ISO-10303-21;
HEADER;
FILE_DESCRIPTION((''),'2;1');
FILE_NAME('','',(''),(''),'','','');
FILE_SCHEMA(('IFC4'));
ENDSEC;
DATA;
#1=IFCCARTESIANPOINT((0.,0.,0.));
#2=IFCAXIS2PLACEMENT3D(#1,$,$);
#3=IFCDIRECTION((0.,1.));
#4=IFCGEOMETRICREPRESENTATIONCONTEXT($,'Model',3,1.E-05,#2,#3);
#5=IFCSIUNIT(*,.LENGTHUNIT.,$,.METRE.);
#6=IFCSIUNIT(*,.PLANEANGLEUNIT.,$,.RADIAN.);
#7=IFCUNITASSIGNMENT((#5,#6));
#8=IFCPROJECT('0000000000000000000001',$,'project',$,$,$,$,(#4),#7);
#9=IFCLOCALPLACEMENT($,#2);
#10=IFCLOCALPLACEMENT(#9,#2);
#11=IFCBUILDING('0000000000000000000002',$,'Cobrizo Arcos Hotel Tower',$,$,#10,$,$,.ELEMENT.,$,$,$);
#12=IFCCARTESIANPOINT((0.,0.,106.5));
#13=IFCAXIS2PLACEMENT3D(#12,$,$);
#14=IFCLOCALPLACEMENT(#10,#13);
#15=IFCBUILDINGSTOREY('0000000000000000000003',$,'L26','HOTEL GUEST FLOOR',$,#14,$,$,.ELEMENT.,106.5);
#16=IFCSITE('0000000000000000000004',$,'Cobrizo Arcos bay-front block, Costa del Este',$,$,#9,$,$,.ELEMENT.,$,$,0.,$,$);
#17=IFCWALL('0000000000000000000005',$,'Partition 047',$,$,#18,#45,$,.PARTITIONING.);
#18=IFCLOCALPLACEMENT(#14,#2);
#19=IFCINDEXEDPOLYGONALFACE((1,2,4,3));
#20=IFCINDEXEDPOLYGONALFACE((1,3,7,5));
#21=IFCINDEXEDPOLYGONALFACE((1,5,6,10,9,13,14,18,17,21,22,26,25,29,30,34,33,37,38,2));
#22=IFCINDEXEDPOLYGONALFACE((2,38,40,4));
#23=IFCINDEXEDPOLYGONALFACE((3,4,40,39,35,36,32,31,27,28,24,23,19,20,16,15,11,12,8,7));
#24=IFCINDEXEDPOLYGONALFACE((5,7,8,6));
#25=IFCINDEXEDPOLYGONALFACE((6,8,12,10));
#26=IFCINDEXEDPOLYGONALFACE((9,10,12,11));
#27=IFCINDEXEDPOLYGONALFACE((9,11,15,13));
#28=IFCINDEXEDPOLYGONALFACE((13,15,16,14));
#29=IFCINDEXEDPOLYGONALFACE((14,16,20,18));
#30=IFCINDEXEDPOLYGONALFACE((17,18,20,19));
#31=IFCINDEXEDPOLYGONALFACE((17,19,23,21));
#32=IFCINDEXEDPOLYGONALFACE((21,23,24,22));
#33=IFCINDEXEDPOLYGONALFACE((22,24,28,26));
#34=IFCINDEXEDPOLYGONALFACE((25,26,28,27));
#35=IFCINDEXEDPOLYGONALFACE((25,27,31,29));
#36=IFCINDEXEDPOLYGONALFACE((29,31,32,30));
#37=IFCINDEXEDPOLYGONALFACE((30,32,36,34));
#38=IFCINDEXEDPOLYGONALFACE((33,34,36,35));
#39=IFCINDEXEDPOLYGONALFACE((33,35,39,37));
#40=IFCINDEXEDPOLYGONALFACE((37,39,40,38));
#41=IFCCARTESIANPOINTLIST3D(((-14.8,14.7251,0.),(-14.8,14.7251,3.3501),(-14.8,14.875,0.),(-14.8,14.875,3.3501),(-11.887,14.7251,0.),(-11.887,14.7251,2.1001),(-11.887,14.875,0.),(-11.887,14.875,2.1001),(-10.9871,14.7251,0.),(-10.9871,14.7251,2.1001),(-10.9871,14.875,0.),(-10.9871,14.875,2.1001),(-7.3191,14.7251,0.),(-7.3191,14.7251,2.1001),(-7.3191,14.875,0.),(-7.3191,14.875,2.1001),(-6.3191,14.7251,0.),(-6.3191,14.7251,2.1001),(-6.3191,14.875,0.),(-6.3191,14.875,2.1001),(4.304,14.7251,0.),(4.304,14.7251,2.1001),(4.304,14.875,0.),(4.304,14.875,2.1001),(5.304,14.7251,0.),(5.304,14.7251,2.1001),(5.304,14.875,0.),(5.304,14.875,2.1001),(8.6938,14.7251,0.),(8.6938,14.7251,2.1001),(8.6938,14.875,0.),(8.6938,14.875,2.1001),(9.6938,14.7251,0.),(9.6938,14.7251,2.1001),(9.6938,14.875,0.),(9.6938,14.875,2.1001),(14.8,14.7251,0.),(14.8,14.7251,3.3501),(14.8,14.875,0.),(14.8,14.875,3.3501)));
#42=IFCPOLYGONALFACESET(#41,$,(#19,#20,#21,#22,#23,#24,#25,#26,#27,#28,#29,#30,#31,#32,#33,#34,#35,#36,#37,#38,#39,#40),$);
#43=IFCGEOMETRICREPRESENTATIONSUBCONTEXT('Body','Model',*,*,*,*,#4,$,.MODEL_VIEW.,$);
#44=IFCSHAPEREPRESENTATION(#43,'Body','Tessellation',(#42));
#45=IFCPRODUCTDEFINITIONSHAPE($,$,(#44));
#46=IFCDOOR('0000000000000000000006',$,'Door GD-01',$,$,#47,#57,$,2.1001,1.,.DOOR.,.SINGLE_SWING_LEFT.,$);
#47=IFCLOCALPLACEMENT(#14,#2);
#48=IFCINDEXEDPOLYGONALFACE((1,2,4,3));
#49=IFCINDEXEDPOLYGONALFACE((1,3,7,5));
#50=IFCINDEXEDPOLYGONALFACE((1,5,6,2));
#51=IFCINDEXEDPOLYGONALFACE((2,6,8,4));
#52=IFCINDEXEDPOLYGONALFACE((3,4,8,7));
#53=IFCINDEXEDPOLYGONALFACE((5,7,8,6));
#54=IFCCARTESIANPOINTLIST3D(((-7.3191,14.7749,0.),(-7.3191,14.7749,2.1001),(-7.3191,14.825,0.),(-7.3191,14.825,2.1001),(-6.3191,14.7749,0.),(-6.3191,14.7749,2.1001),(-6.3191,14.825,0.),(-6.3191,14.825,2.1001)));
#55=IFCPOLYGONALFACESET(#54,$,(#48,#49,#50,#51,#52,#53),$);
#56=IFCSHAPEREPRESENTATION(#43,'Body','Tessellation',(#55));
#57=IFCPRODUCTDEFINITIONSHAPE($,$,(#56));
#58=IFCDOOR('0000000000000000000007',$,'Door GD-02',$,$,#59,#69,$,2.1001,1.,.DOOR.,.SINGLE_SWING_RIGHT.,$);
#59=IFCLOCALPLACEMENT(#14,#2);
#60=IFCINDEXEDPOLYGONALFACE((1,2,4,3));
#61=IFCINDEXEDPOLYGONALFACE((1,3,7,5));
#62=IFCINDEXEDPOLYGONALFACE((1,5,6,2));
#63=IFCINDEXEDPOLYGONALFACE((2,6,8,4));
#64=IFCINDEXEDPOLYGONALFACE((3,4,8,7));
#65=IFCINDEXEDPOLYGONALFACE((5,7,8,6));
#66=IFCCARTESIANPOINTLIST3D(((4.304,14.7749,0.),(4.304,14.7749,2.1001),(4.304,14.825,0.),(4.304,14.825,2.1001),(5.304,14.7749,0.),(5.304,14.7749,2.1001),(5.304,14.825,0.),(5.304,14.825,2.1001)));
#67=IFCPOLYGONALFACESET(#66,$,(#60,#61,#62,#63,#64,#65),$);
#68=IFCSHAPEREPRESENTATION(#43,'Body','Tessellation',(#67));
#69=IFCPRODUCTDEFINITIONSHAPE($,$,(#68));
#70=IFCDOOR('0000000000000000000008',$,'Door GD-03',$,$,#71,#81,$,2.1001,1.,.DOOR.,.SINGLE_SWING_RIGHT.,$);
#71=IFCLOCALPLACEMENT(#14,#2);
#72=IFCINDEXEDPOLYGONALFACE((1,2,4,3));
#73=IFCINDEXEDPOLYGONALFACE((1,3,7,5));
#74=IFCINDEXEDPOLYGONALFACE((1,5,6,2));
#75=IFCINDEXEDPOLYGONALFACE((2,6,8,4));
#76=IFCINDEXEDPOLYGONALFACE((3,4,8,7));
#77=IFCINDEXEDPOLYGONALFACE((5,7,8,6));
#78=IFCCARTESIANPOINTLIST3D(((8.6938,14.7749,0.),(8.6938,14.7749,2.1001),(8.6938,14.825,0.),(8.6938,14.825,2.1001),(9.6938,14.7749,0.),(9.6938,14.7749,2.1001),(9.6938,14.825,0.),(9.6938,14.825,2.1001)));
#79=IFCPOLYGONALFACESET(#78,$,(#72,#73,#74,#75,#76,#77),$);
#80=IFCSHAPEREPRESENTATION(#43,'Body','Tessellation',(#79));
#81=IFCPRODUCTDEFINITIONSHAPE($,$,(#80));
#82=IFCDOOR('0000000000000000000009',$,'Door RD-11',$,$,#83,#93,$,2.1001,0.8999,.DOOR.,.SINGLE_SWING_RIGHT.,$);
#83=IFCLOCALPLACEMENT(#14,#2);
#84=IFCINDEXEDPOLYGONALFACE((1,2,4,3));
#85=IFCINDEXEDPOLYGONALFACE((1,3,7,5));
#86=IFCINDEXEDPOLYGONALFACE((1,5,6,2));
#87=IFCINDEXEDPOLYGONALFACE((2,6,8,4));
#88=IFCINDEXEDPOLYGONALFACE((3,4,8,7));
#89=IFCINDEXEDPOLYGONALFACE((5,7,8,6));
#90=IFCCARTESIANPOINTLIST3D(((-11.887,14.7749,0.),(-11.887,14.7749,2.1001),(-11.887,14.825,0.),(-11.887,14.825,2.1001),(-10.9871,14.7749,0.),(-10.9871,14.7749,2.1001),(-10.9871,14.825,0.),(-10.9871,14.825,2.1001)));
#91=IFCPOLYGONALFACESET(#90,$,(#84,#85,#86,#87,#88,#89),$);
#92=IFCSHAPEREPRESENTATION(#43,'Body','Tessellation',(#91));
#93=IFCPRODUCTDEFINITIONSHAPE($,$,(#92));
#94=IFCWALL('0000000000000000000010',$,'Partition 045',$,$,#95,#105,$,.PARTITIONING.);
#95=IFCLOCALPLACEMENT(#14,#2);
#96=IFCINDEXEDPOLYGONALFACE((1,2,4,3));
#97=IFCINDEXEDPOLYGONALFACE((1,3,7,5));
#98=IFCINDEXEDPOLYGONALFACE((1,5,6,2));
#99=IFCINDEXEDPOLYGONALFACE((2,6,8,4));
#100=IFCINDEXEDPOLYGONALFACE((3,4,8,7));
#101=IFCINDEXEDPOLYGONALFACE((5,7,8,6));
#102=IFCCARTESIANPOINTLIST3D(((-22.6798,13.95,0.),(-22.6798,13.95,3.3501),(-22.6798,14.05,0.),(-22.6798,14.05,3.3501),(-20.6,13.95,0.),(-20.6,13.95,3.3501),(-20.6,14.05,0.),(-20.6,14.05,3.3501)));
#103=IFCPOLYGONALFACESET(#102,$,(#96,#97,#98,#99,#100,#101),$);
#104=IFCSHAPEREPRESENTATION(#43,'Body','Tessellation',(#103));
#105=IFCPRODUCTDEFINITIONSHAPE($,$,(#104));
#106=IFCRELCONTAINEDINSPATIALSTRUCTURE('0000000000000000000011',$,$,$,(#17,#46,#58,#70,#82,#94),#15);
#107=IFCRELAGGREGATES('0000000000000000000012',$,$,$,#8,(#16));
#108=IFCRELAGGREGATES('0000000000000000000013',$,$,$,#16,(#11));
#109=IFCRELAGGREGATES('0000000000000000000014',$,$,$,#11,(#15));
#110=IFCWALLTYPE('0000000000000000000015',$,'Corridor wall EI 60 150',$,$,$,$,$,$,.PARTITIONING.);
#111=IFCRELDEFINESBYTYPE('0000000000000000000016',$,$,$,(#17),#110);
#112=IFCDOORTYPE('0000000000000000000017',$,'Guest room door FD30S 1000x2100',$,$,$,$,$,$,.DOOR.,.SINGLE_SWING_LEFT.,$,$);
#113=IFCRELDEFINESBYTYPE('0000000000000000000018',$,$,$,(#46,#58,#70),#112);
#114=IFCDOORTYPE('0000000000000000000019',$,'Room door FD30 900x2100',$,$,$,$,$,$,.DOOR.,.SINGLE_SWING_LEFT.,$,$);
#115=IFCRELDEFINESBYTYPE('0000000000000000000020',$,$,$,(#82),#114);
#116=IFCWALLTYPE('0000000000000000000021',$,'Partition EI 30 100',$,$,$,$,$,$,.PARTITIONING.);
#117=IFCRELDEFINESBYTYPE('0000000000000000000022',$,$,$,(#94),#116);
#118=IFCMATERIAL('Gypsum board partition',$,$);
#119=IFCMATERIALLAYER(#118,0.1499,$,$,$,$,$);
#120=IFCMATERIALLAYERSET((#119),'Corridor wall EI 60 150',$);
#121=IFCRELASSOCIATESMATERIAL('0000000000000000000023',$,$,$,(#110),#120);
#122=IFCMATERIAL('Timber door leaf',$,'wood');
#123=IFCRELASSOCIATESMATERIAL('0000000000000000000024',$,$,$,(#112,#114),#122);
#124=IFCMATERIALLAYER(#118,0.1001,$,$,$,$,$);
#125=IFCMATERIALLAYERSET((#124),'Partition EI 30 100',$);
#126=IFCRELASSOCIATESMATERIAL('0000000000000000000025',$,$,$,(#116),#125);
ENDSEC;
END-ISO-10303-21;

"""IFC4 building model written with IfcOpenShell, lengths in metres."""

from ifc_helpers import new_model, si_unit, direction, frame, frame_2d, origin, place, context, subcontext, project, spatial, rectangle, extrude, material, layer, layer_set, type_object, element, fill, save


model = new_model("IFC4")

# Units and contexts
model_context = context("Model", 3, precision=1e-05, world=origin(), true_north=direction((0.0, 1.0)))
body_context = subcontext(model_context, "Body", "Model", "MODEL_VIEW")
ifc_project = project(units=[si_unit("LENGTHUNIT", "METRE"), si_unit("PLANEANGLEUNIT", "RADIAN")], contexts=[model_context])

# Site, building, storey
site_placement = place(None, origin())
site = spatial("IfcSite", under=ifc_project, at=site_placement, Name="Cobrizo Arcos bay-front block, Costa del Este", CompositionType="ELEMENT", RefElevation=0.0)
building_placement = place(site_placement, origin())
building = spatial("IfcBuilding", under=site, at=building_placement, Name="Cobrizo Arcos Hotel Tower", CompositionType="ELEMENT")
storey_placement = place(building_placement, frame((0.0, 0.0, 106.5)))
storey = spatial("IfcBuildingStorey", under=building, at=storey_placement, Name="L26", Description="HOTEL GUEST FLOOR", CompositionType="ELEMENT", Elevation=106.5)

# Wall, openings, doors
ifc_material_1 = material(Name="Gypsum board partition")
ifc_layer_1 = layer(ifc_material_1, 0.1499)
ifc_layer_set_1 = layer_set([ifc_layer_1], Name="Corridor wall EI 60 150")
wall_type_1 = type_object("IfcWallType", Name="Corridor wall EI 60 150", PredefinedType="PARTITIONING", material=ifc_layer_set_1)
wall_1_placement = place(storey_placement, frame((-14.8, 14.8, 0.0), z_axis=(0.0, 0.0, 1.0), x_axis=(1.0, 0.0, 0.0)))
wall_1 = element("IfcWall", 1, at=wall_1_placement, inside=storey, type_object=wall_type_1, Name="Partition 047", PredefinedType="PARTITIONING", context=body_context, shape_type="SweptSolid", body=[
    extrude(rectangle(XDim=29.6001, YDim=0.1499, at=frame_2d((14.8, 0.0))), origin(), (0.0, 0.0, 1.0), 3.3501),
])
opening_1_placement = place(wall_1_placement, frame((2.9131, 0.0, 0.0)))
opening_1 = element("IfcOpeningElement", 2, at=opening_1_placement, cuts=wall_1, PredefinedType="OPENING", context=body_context, shape_type="SweptSolid", body=[
    extrude(rectangle(XDim=0.8999, YDim=2.1001, at=frame_2d((0.45, 1.05))), frame((0.0, 0.0869, 0.0), z_axis=(0.0, -1.0, 0.0), x_axis=(1.0, 0.0, 0.0)), (0.0, 0.0, 1.0), 0.1738),
])
opening_2_placement = place(wall_1_placement, frame((7.481, 0.0, 0.0)))
opening_2 = element("IfcOpeningElement", 3, at=opening_2_placement, cuts=wall_1, PredefinedType="OPENING", context=body_context, shape_type="SweptSolid", body=[
    extrude(rectangle(XDim=1.0, YDim=2.1001, at=frame_2d((0.5, 1.05))), frame((0.0, 0.0869, 0.0), z_axis=(0.0, -1.0, 0.0), x_axis=(1.0, 0.0, 0.0)), (0.0, 0.0, 1.0), 0.1738),
])
opening_3_placement = place(wall_1_placement, frame((19.104, 0.0, 0.0)))
opening_3 = element("IfcOpeningElement", 4, at=opening_3_placement, cuts=wall_1, PredefinedType="OPENING", context=body_context, shape_type="SweptSolid", body=[
    extrude(rectangle(XDim=1.0, YDim=2.1001, at=frame_2d((0.5, 1.05))), frame((0.0, 0.0869, 0.0), z_axis=(0.0, -1.0, 0.0), x_axis=(1.0, 0.0, 0.0)), (0.0, 0.0, 1.0), 0.1738),
])
opening_4_placement = place(wall_1_placement, frame((23.4939, 0.0, 0.0)))
opening_4 = element("IfcOpeningElement", 5, at=opening_4_placement, cuts=wall_1, PredefinedType="OPENING", context=body_context, shape_type="SweptSolid", body=[
    extrude(rectangle(XDim=1.0, YDim=2.1001, at=frame_2d((0.5, 1.05))), frame((0.0, 0.0869, 0.0), z_axis=(0.0, -1.0, 0.0), x_axis=(1.0, 0.0, 0.0)), (0.0, 0.0, 1.0), 0.1738),
])
ifc_material_2 = material(Name="Timber door leaf", Category="wood")
door_type_1 = type_object("IfcDoorType", Name="Guest room door FD30S 1000x2100", OperationType="SINGLE_SWING_LEFT", PredefinedType="DOOR", material=ifc_material_2)
door_1_placement = place(opening_2_placement, origin())
door_1 = element("IfcDoor", 6, at=door_1_placement, inside=storey, type_object=door_type_1, Name="Door GD-01", OperationType="SINGLE_SWING_LEFT", OverallHeight=2.1001, OverallWidth=1.0, PredefinedType="DOOR", context=body_context, shape_type="SweptSolid", body=[
    extrude(rectangle(XDim=1.0, YDim=2.1001, at=frame_2d((0.5, 1.05))), frame((0.0, 0.0249, 0.0), z_axis=(0.0, -1.0, 0.0), x_axis=(1.0, 0.0, 0.0)), (0.0, 0.0, 1.0), 0.05),
])
fill(opening_2, door_1)
door_2_placement = place(opening_3_placement, origin())
door_2 = element("IfcDoor", 7, at=door_2_placement, inside=storey, type_object=door_type_1, Name="Door GD-02", OperationType="SINGLE_SWING_RIGHT", OverallHeight=2.1001, OverallWidth=1.0, PredefinedType="DOOR", context=body_context, shape_type="SweptSolid", body=[
    extrude(rectangle(XDim=1.0, YDim=2.1001, at=frame_2d((0.5, 1.05))), frame((0.0, 0.0249, 0.0), z_axis=(0.0, -1.0, 0.0), x_axis=(1.0, 0.0, 0.0)), (0.0, 0.0, 1.0), 0.05),
])
fill(opening_3, door_2)
door_3_placement = place(opening_4_placement, origin())
door_3 = element("IfcDoor", 8, at=door_3_placement, inside=storey, type_object=door_type_1, Name="Door GD-03", OperationType="SINGLE_SWING_RIGHT", OverallHeight=2.1001, OverallWidth=1.0, PredefinedType="DOOR", context=body_context, shape_type="SweptSolid", body=[
    extrude(rectangle(XDim=1.0, YDim=2.1001, at=frame_2d((0.5, 1.05))), frame((0.0, 0.0249, 0.0), z_axis=(0.0, -1.0, 0.0), x_axis=(1.0, 0.0, 0.0)), (0.0, 0.0, 1.0), 0.05),
])
fill(opening_4, door_3)
door_type_2 = type_object("IfcDoorType", Name="Room door FD30 900x2100", OperationType="SINGLE_SWING_LEFT", PredefinedType="DOOR", material=ifc_material_2)
door_4_placement = place(opening_1_placement, origin())
door_4 = element("IfcDoor", 9, at=door_4_placement, inside=storey, type_object=door_type_2, Name="Door RD-11", OperationType="SINGLE_SWING_RIGHT", OverallHeight=2.1001, OverallWidth=0.8999, PredefinedType="DOOR", context=body_context, shape_type="SweptSolid", body=[
    extrude(rectangle(XDim=0.8999, YDim=2.1001, at=frame_2d((0.45, 1.05))), frame((0.0, 0.0249, 0.0), z_axis=(0.0, -1.0, 0.0), x_axis=(1.0, 0.0, 0.0)), (0.0, 0.0, 1.0), 0.05),
])
fill(opening_1, door_4)

# Wall
ifc_layer_2 = layer(ifc_material_1, 0.1001)
ifc_layer_set_2 = layer_set([ifc_layer_2], Name="Partition EI 30 100")
wall_type_2 = type_object("IfcWallType", Name="Partition EI 30 100", PredefinedType="PARTITIONING", material=ifc_layer_set_2)
wall_2_placement = place(storey_placement, frame((-22.6799, 14.0, 0.0), z_axis=(0.0, 0.0, 1.0), x_axis=(1.0, 0.0, 0.0)))
element("IfcWall", 10, at=wall_2_placement, inside=storey, type_object=wall_type_2, Name="Partition 045", PredefinedType="PARTITIONING", context=body_context, shape_type="SweptSolid", body=[
    extrude(rectangle(XDim=2.0798, YDim=0.1001, at=frame_2d((1.04, 0.0))), origin(), (0.0, 0.0, 1.0), 3.3501),
])

save(model, "model.ifc")
